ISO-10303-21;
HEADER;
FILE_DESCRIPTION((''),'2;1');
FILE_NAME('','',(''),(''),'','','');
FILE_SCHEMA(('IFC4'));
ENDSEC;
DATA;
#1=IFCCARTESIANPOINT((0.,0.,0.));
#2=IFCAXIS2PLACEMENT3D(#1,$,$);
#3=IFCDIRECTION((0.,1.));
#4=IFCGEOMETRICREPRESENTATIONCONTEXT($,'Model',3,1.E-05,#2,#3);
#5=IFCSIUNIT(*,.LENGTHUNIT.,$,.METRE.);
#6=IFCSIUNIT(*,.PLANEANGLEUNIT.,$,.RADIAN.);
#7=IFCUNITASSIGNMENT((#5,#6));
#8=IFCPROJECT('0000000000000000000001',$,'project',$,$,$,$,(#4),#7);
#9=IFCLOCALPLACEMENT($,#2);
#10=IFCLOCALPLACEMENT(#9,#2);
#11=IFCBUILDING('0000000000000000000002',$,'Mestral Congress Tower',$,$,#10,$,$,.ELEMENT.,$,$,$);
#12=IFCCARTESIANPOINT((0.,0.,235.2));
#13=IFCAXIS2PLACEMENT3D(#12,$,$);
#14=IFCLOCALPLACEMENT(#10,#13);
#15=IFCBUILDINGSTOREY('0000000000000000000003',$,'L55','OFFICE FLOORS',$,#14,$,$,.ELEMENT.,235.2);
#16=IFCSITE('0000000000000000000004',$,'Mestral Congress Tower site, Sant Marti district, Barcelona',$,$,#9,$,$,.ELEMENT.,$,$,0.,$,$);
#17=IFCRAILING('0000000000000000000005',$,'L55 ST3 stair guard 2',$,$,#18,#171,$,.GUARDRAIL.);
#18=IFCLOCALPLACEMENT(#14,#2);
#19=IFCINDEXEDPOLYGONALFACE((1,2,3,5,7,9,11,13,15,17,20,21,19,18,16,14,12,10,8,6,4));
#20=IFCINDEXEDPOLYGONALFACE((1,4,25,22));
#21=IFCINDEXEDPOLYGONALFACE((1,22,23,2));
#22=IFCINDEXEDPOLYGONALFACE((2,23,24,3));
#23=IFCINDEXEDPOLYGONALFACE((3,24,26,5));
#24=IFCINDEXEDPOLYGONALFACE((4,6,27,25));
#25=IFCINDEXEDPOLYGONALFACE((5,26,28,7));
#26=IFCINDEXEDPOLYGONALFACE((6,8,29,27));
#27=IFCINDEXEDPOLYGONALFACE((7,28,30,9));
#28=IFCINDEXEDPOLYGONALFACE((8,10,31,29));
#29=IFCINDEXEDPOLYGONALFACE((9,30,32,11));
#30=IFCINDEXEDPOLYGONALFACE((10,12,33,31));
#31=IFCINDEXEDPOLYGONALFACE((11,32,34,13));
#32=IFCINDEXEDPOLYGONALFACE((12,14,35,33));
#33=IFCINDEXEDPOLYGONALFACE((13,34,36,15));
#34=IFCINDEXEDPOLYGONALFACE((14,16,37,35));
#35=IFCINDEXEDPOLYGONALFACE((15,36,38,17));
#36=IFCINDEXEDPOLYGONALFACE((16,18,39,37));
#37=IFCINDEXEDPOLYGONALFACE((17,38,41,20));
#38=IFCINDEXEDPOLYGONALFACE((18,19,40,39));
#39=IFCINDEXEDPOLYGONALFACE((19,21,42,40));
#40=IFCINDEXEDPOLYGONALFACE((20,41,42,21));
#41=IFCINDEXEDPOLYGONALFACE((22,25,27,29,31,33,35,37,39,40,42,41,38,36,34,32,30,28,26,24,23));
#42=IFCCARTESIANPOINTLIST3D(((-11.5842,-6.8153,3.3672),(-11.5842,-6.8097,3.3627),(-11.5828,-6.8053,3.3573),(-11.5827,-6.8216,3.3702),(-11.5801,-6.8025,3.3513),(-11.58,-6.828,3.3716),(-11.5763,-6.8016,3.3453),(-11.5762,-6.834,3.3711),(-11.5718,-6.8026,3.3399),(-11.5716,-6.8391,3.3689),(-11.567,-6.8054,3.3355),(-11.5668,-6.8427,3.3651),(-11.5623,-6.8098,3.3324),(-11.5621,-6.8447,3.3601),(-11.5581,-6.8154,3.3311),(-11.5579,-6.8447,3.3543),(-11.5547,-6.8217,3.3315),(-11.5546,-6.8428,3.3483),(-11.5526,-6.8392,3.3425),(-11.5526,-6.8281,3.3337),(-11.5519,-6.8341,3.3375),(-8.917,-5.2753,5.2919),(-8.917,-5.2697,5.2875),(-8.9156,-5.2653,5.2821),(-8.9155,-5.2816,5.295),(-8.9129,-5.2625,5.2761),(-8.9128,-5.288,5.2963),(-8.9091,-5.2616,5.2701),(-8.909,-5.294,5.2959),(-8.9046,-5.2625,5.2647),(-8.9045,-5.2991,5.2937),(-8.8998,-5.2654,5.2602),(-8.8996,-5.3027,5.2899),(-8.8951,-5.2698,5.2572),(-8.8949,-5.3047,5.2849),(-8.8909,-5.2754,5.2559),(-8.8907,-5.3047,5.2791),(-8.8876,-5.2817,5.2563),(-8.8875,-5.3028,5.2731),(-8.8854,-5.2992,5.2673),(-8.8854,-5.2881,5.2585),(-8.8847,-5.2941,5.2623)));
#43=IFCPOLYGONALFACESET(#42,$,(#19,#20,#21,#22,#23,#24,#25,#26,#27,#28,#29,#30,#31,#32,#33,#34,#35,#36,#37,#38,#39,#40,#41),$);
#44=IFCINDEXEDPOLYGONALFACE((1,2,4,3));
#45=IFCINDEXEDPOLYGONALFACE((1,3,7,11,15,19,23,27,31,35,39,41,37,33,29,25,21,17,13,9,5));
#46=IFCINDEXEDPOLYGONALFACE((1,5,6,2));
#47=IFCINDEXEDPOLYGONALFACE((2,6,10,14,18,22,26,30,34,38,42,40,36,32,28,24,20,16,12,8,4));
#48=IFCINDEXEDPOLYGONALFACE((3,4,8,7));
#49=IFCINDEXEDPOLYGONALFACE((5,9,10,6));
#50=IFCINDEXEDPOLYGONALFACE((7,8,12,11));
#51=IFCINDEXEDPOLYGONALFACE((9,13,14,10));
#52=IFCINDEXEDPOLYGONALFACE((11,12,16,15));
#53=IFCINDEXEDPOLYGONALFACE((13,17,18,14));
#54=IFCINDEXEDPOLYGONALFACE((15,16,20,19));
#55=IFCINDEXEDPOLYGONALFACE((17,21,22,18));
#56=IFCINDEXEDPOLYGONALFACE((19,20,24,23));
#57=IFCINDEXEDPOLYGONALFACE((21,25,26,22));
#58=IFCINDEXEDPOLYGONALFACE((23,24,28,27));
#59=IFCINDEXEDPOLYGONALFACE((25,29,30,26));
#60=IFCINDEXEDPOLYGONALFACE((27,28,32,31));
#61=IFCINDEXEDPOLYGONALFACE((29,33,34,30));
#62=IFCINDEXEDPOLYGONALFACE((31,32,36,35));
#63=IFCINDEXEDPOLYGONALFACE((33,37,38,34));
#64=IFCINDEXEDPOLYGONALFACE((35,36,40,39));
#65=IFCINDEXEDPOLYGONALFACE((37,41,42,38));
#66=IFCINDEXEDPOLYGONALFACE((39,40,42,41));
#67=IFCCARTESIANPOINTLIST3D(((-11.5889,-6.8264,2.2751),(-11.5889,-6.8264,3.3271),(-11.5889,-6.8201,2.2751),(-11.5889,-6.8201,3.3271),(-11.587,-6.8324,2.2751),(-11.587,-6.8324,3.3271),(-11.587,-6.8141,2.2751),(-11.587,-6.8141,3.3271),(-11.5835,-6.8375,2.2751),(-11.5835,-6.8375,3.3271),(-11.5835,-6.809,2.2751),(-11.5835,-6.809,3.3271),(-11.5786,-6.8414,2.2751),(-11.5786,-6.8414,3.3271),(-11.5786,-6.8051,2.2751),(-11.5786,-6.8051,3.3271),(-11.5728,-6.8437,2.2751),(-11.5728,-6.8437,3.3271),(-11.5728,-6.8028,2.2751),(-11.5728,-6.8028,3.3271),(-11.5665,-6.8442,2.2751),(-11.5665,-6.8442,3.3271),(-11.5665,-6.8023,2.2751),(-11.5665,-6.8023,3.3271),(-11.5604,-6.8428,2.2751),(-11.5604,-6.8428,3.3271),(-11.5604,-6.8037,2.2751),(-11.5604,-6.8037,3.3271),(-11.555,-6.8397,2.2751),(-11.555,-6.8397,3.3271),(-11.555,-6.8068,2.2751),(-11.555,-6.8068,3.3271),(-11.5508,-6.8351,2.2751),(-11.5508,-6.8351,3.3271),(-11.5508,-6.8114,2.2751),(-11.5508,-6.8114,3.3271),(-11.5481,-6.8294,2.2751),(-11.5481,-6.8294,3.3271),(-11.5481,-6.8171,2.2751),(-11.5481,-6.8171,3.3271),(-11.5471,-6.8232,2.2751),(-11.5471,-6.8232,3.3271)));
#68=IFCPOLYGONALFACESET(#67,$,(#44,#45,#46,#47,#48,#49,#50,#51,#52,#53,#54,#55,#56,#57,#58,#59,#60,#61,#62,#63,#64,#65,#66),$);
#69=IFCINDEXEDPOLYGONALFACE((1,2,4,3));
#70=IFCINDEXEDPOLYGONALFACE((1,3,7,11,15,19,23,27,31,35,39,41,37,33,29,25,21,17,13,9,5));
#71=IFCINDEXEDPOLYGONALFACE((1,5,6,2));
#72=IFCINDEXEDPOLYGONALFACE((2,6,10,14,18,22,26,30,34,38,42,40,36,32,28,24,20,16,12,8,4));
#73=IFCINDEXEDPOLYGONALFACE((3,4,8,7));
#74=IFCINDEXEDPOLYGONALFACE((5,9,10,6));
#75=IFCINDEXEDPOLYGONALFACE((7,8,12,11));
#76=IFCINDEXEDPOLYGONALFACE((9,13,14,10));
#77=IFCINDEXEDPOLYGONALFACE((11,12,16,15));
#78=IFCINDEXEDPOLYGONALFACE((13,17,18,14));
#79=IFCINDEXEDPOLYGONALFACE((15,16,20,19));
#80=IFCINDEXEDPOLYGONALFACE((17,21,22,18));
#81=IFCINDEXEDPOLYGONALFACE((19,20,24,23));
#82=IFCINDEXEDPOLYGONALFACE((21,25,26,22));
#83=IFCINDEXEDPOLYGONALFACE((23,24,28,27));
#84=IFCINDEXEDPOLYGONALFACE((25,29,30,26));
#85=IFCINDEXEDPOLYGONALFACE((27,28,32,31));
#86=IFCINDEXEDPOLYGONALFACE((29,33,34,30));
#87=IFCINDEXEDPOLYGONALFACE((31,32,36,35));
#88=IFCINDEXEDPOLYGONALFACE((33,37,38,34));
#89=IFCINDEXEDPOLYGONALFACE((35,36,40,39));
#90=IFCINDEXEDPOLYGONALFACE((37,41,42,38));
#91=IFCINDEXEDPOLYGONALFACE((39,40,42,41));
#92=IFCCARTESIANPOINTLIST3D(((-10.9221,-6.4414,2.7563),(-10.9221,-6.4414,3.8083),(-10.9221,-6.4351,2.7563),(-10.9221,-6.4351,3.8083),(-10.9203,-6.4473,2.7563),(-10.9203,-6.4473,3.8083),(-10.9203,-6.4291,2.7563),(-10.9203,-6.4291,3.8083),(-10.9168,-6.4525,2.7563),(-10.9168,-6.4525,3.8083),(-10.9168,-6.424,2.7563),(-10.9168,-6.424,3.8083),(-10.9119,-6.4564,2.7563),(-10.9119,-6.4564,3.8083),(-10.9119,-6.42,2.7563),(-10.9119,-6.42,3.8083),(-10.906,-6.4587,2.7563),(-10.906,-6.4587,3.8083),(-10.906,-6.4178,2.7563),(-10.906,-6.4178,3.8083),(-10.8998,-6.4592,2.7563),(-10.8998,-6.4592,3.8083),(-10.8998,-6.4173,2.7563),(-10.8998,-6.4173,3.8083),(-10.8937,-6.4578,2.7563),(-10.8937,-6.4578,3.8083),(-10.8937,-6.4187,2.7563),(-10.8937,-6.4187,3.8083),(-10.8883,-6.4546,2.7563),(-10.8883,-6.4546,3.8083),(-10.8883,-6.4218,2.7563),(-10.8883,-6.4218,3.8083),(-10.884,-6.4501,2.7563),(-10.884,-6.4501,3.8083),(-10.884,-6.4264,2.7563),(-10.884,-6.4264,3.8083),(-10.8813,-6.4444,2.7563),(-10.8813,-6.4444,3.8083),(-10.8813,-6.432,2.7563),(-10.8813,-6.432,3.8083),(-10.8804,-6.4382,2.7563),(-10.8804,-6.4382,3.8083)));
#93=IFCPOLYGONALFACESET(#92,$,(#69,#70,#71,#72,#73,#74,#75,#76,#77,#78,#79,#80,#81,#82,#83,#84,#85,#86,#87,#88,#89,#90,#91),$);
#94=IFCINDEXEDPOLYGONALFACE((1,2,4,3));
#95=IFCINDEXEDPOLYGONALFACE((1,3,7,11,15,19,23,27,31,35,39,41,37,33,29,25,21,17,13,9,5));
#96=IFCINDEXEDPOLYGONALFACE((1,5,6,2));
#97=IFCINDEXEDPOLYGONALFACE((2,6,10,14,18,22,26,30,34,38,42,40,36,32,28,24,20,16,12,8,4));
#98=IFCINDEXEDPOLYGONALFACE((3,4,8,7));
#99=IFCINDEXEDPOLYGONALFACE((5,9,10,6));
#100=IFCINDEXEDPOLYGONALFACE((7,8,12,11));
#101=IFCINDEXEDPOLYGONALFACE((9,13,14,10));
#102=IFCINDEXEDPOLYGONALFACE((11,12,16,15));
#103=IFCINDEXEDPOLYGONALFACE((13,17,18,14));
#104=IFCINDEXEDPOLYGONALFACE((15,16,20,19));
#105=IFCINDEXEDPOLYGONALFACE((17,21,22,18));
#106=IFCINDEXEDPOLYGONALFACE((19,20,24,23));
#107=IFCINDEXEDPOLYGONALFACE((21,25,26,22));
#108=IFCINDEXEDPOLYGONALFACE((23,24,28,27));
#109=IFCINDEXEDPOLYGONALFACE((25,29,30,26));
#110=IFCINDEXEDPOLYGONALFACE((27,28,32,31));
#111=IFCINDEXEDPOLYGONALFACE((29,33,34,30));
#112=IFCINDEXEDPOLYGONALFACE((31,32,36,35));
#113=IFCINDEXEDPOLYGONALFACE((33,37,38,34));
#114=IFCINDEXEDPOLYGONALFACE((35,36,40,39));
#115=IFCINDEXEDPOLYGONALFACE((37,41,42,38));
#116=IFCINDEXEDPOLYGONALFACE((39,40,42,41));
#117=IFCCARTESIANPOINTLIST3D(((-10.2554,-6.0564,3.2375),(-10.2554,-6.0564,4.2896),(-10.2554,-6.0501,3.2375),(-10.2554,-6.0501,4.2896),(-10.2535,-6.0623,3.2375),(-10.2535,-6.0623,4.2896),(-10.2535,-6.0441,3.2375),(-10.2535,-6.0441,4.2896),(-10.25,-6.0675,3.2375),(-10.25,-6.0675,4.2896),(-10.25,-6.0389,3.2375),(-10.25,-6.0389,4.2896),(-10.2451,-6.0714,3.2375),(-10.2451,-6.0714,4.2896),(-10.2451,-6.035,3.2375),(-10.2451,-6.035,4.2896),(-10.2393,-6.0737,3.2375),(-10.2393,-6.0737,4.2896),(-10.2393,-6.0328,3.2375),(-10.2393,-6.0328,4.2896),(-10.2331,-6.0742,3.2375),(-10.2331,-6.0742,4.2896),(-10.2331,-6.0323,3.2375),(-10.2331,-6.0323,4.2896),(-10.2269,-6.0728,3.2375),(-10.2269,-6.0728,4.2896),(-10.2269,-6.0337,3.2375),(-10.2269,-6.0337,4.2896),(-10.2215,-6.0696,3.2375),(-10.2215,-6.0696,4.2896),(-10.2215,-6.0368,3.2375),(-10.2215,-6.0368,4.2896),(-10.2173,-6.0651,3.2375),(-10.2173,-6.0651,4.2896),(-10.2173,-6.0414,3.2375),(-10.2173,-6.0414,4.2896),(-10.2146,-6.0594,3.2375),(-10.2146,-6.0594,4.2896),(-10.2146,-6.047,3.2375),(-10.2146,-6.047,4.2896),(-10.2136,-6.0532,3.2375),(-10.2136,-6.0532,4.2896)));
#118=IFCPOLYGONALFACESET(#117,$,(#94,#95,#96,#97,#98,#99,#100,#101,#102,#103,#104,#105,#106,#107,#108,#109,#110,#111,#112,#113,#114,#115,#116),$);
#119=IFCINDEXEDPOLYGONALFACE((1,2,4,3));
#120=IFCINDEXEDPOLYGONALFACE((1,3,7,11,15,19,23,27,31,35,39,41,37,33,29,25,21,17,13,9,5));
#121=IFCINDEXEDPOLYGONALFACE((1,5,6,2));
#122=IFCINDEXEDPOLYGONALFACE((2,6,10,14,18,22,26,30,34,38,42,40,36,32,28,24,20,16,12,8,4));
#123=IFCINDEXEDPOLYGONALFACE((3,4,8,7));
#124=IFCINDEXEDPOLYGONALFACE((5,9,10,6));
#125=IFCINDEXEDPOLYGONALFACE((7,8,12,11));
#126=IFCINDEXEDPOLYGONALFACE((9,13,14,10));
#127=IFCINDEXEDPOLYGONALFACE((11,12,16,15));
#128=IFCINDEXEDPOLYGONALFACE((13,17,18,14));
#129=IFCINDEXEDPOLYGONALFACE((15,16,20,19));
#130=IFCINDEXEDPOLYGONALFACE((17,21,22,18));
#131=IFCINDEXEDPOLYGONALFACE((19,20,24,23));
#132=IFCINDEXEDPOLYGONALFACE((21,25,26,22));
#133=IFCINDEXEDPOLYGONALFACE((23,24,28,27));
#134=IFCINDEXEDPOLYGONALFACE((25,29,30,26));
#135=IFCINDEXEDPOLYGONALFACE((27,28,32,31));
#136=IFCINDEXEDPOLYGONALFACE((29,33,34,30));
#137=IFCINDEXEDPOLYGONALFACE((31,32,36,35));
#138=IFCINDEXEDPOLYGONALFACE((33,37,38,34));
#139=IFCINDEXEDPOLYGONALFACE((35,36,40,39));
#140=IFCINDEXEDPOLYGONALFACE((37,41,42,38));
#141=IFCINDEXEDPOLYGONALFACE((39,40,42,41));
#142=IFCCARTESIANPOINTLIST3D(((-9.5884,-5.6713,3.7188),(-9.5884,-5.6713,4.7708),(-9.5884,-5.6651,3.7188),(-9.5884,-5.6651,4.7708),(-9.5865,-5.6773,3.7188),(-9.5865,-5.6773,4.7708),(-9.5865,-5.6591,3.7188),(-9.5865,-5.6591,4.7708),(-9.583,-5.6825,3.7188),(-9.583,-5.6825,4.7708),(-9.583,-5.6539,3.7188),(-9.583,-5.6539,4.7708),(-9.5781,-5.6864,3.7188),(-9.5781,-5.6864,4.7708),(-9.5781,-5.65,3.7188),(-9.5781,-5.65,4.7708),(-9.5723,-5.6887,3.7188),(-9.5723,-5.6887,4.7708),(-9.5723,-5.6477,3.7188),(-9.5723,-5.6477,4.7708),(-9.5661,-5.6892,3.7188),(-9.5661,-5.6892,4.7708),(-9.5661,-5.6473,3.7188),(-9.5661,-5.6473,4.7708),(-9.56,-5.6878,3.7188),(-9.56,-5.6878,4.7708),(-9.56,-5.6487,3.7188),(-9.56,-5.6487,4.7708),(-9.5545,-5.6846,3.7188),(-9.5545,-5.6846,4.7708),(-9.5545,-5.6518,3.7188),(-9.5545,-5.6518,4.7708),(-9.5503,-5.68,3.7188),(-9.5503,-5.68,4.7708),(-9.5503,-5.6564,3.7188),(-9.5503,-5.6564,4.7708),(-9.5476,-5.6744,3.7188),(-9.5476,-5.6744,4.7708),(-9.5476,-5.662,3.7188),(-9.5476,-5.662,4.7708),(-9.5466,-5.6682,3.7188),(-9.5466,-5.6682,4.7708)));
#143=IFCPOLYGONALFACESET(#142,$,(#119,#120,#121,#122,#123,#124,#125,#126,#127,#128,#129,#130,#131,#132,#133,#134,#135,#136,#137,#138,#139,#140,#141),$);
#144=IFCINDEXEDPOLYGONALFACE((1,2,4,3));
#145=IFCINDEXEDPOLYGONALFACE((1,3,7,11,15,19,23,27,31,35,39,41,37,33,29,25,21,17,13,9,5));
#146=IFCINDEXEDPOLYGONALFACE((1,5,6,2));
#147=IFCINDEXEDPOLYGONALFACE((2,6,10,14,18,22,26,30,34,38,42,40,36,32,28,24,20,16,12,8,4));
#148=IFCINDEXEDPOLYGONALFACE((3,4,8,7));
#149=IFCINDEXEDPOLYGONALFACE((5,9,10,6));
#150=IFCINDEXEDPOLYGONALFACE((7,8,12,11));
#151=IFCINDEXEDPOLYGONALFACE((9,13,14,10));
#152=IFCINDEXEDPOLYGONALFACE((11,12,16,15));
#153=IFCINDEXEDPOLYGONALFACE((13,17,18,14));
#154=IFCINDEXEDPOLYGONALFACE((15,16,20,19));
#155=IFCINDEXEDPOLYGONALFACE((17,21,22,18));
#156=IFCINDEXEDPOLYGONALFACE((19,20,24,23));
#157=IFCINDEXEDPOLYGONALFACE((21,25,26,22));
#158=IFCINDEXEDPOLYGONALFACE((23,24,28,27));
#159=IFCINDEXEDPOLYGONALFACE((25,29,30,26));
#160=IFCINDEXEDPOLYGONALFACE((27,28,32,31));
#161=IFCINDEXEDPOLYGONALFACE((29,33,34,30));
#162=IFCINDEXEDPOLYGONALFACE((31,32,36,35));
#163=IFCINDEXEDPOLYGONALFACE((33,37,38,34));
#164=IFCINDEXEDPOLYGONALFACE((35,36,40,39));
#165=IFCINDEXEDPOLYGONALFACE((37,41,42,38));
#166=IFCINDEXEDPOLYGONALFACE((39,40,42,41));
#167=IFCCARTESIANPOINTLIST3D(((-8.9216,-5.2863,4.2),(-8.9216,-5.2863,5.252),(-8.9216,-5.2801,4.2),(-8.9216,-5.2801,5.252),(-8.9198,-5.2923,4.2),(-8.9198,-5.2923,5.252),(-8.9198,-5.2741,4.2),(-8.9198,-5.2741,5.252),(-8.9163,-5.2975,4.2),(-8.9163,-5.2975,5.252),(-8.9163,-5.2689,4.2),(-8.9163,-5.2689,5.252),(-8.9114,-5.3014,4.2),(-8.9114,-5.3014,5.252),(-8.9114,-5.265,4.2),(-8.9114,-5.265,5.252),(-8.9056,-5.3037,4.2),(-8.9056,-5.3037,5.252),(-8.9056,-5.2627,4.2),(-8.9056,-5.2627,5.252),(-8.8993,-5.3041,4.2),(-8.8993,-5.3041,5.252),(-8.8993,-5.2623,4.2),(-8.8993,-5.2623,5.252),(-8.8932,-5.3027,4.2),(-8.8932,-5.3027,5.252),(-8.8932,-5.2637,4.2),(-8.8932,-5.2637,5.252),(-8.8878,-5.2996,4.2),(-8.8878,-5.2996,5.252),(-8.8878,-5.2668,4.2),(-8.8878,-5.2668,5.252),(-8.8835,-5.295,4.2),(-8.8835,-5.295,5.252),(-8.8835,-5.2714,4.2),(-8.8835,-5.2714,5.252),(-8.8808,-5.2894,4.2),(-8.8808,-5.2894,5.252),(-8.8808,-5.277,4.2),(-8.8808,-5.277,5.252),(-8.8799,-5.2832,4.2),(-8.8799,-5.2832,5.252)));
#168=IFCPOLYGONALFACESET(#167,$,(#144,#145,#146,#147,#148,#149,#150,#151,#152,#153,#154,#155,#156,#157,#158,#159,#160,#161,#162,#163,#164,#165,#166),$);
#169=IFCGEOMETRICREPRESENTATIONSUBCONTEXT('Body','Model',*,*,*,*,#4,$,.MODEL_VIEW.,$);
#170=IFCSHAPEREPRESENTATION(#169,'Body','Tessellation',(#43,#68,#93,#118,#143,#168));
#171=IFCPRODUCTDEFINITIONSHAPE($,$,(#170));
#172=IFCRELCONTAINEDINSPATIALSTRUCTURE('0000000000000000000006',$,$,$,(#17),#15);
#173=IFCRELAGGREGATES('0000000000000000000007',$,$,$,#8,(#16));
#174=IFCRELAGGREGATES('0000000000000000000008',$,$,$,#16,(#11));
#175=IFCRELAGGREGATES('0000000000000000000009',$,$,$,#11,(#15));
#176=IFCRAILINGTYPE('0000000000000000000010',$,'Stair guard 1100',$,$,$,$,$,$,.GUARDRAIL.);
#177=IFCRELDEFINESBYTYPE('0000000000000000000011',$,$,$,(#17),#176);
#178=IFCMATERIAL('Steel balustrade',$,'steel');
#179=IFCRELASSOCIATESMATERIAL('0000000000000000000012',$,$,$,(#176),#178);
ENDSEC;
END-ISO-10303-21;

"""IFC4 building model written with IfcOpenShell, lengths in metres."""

from ifc_helpers import new_model, si_unit, direction, frame, origin, origin_2d, place, context, subcontext, project, spatial, circle, extrude, material, type_object, element, save


model = new_model("IFC4")

# Units and contexts
model_context = context("Model", 3, precision=1e-05, world=origin(), true_north=direction((0.0, 1.0)))
body_context = subcontext(model_context, "Body", "Model", "MODEL_VIEW")
ifc_project = project(units=[si_unit("LENGTHUNIT", "METRE"), si_unit("PLANEANGLEUNIT", "RADIAN")], contexts=[model_context])

# Site, building, storey
site_placement = place(None, origin())
site = spatial("IfcSite", under=ifc_project, at=site_placement, Name="Mestral Congress Tower site, Sant Marti district, Barcelona", CompositionType="ELEMENT", RefElevation=0.0)
building_placement = place(site_placement, origin())
building = spatial("IfcBuilding", under=site, at=building_placement, Name="Mestral Congress Tower", CompositionType="ELEMENT")
storey_placement = place(building_placement, frame((0.0, 0.0, 235.2)))
storey = spatial("IfcBuildingStorey", under=building, at=storey_placement, Name="L55", Description="OFFICE FLOORS", CompositionType="ELEMENT", Elevation=235.2)

# Railing
ifc_material_1 = material(Name="Steel balustrade", Category="steel")
railing_type = type_object("IfcRailingType", Name="Stair guard 1100", PredefinedType="GUARDRAIL", material=ifc_material_1)
railing_placement = place(storey_placement, frame((-11.5681, -6.8232, 2.2751)))
element("IfcRailing", 1, at=railing_placement, inside=storey, type_object=railing_type, Name="L55 ST3 stair guard 2", PredefinedType="GUARDRAIL", context=body_context, shape_type="SweptSolid", body=[
    extrude(circle(Radius=0.0239, at=origin_2d()), frame((0.0, 0.0, 1.0762), z_axis=(0.73439, 0.424031, 0.529971), x_axis=(-0.500027, 0.86601, 0.0)), (0.0, 0.0, 1.0), 3.6318),
    extrude(circle(Radius=0.021, at=origin_2d()), origin(), (0.0, 0.0, 1.0), 1.052),
    extrude(circle(Radius=0.021, at=origin_2d()), frame((0.6667, 0.385, 0.4812)), (0.0, 0.0, 1.0), 1.052),
    extrude(circle(Radius=0.021, at=origin_2d()), frame((1.3335, 0.77, 0.9624)), (0.0, 0.0, 1.0), 1.052),
    extrude(circle(Radius=0.021, at=origin_2d()), frame((2.0005, 1.155, 1.4436)), (0.0, 0.0, 1.0), 1.052),
    extrude(circle(Radius=0.021, at=origin_2d()), frame((2.6672, 1.54, 1.9248)), (0.0, 0.0, 1.0), 1.052),
])

save(model, "model.ifc")
